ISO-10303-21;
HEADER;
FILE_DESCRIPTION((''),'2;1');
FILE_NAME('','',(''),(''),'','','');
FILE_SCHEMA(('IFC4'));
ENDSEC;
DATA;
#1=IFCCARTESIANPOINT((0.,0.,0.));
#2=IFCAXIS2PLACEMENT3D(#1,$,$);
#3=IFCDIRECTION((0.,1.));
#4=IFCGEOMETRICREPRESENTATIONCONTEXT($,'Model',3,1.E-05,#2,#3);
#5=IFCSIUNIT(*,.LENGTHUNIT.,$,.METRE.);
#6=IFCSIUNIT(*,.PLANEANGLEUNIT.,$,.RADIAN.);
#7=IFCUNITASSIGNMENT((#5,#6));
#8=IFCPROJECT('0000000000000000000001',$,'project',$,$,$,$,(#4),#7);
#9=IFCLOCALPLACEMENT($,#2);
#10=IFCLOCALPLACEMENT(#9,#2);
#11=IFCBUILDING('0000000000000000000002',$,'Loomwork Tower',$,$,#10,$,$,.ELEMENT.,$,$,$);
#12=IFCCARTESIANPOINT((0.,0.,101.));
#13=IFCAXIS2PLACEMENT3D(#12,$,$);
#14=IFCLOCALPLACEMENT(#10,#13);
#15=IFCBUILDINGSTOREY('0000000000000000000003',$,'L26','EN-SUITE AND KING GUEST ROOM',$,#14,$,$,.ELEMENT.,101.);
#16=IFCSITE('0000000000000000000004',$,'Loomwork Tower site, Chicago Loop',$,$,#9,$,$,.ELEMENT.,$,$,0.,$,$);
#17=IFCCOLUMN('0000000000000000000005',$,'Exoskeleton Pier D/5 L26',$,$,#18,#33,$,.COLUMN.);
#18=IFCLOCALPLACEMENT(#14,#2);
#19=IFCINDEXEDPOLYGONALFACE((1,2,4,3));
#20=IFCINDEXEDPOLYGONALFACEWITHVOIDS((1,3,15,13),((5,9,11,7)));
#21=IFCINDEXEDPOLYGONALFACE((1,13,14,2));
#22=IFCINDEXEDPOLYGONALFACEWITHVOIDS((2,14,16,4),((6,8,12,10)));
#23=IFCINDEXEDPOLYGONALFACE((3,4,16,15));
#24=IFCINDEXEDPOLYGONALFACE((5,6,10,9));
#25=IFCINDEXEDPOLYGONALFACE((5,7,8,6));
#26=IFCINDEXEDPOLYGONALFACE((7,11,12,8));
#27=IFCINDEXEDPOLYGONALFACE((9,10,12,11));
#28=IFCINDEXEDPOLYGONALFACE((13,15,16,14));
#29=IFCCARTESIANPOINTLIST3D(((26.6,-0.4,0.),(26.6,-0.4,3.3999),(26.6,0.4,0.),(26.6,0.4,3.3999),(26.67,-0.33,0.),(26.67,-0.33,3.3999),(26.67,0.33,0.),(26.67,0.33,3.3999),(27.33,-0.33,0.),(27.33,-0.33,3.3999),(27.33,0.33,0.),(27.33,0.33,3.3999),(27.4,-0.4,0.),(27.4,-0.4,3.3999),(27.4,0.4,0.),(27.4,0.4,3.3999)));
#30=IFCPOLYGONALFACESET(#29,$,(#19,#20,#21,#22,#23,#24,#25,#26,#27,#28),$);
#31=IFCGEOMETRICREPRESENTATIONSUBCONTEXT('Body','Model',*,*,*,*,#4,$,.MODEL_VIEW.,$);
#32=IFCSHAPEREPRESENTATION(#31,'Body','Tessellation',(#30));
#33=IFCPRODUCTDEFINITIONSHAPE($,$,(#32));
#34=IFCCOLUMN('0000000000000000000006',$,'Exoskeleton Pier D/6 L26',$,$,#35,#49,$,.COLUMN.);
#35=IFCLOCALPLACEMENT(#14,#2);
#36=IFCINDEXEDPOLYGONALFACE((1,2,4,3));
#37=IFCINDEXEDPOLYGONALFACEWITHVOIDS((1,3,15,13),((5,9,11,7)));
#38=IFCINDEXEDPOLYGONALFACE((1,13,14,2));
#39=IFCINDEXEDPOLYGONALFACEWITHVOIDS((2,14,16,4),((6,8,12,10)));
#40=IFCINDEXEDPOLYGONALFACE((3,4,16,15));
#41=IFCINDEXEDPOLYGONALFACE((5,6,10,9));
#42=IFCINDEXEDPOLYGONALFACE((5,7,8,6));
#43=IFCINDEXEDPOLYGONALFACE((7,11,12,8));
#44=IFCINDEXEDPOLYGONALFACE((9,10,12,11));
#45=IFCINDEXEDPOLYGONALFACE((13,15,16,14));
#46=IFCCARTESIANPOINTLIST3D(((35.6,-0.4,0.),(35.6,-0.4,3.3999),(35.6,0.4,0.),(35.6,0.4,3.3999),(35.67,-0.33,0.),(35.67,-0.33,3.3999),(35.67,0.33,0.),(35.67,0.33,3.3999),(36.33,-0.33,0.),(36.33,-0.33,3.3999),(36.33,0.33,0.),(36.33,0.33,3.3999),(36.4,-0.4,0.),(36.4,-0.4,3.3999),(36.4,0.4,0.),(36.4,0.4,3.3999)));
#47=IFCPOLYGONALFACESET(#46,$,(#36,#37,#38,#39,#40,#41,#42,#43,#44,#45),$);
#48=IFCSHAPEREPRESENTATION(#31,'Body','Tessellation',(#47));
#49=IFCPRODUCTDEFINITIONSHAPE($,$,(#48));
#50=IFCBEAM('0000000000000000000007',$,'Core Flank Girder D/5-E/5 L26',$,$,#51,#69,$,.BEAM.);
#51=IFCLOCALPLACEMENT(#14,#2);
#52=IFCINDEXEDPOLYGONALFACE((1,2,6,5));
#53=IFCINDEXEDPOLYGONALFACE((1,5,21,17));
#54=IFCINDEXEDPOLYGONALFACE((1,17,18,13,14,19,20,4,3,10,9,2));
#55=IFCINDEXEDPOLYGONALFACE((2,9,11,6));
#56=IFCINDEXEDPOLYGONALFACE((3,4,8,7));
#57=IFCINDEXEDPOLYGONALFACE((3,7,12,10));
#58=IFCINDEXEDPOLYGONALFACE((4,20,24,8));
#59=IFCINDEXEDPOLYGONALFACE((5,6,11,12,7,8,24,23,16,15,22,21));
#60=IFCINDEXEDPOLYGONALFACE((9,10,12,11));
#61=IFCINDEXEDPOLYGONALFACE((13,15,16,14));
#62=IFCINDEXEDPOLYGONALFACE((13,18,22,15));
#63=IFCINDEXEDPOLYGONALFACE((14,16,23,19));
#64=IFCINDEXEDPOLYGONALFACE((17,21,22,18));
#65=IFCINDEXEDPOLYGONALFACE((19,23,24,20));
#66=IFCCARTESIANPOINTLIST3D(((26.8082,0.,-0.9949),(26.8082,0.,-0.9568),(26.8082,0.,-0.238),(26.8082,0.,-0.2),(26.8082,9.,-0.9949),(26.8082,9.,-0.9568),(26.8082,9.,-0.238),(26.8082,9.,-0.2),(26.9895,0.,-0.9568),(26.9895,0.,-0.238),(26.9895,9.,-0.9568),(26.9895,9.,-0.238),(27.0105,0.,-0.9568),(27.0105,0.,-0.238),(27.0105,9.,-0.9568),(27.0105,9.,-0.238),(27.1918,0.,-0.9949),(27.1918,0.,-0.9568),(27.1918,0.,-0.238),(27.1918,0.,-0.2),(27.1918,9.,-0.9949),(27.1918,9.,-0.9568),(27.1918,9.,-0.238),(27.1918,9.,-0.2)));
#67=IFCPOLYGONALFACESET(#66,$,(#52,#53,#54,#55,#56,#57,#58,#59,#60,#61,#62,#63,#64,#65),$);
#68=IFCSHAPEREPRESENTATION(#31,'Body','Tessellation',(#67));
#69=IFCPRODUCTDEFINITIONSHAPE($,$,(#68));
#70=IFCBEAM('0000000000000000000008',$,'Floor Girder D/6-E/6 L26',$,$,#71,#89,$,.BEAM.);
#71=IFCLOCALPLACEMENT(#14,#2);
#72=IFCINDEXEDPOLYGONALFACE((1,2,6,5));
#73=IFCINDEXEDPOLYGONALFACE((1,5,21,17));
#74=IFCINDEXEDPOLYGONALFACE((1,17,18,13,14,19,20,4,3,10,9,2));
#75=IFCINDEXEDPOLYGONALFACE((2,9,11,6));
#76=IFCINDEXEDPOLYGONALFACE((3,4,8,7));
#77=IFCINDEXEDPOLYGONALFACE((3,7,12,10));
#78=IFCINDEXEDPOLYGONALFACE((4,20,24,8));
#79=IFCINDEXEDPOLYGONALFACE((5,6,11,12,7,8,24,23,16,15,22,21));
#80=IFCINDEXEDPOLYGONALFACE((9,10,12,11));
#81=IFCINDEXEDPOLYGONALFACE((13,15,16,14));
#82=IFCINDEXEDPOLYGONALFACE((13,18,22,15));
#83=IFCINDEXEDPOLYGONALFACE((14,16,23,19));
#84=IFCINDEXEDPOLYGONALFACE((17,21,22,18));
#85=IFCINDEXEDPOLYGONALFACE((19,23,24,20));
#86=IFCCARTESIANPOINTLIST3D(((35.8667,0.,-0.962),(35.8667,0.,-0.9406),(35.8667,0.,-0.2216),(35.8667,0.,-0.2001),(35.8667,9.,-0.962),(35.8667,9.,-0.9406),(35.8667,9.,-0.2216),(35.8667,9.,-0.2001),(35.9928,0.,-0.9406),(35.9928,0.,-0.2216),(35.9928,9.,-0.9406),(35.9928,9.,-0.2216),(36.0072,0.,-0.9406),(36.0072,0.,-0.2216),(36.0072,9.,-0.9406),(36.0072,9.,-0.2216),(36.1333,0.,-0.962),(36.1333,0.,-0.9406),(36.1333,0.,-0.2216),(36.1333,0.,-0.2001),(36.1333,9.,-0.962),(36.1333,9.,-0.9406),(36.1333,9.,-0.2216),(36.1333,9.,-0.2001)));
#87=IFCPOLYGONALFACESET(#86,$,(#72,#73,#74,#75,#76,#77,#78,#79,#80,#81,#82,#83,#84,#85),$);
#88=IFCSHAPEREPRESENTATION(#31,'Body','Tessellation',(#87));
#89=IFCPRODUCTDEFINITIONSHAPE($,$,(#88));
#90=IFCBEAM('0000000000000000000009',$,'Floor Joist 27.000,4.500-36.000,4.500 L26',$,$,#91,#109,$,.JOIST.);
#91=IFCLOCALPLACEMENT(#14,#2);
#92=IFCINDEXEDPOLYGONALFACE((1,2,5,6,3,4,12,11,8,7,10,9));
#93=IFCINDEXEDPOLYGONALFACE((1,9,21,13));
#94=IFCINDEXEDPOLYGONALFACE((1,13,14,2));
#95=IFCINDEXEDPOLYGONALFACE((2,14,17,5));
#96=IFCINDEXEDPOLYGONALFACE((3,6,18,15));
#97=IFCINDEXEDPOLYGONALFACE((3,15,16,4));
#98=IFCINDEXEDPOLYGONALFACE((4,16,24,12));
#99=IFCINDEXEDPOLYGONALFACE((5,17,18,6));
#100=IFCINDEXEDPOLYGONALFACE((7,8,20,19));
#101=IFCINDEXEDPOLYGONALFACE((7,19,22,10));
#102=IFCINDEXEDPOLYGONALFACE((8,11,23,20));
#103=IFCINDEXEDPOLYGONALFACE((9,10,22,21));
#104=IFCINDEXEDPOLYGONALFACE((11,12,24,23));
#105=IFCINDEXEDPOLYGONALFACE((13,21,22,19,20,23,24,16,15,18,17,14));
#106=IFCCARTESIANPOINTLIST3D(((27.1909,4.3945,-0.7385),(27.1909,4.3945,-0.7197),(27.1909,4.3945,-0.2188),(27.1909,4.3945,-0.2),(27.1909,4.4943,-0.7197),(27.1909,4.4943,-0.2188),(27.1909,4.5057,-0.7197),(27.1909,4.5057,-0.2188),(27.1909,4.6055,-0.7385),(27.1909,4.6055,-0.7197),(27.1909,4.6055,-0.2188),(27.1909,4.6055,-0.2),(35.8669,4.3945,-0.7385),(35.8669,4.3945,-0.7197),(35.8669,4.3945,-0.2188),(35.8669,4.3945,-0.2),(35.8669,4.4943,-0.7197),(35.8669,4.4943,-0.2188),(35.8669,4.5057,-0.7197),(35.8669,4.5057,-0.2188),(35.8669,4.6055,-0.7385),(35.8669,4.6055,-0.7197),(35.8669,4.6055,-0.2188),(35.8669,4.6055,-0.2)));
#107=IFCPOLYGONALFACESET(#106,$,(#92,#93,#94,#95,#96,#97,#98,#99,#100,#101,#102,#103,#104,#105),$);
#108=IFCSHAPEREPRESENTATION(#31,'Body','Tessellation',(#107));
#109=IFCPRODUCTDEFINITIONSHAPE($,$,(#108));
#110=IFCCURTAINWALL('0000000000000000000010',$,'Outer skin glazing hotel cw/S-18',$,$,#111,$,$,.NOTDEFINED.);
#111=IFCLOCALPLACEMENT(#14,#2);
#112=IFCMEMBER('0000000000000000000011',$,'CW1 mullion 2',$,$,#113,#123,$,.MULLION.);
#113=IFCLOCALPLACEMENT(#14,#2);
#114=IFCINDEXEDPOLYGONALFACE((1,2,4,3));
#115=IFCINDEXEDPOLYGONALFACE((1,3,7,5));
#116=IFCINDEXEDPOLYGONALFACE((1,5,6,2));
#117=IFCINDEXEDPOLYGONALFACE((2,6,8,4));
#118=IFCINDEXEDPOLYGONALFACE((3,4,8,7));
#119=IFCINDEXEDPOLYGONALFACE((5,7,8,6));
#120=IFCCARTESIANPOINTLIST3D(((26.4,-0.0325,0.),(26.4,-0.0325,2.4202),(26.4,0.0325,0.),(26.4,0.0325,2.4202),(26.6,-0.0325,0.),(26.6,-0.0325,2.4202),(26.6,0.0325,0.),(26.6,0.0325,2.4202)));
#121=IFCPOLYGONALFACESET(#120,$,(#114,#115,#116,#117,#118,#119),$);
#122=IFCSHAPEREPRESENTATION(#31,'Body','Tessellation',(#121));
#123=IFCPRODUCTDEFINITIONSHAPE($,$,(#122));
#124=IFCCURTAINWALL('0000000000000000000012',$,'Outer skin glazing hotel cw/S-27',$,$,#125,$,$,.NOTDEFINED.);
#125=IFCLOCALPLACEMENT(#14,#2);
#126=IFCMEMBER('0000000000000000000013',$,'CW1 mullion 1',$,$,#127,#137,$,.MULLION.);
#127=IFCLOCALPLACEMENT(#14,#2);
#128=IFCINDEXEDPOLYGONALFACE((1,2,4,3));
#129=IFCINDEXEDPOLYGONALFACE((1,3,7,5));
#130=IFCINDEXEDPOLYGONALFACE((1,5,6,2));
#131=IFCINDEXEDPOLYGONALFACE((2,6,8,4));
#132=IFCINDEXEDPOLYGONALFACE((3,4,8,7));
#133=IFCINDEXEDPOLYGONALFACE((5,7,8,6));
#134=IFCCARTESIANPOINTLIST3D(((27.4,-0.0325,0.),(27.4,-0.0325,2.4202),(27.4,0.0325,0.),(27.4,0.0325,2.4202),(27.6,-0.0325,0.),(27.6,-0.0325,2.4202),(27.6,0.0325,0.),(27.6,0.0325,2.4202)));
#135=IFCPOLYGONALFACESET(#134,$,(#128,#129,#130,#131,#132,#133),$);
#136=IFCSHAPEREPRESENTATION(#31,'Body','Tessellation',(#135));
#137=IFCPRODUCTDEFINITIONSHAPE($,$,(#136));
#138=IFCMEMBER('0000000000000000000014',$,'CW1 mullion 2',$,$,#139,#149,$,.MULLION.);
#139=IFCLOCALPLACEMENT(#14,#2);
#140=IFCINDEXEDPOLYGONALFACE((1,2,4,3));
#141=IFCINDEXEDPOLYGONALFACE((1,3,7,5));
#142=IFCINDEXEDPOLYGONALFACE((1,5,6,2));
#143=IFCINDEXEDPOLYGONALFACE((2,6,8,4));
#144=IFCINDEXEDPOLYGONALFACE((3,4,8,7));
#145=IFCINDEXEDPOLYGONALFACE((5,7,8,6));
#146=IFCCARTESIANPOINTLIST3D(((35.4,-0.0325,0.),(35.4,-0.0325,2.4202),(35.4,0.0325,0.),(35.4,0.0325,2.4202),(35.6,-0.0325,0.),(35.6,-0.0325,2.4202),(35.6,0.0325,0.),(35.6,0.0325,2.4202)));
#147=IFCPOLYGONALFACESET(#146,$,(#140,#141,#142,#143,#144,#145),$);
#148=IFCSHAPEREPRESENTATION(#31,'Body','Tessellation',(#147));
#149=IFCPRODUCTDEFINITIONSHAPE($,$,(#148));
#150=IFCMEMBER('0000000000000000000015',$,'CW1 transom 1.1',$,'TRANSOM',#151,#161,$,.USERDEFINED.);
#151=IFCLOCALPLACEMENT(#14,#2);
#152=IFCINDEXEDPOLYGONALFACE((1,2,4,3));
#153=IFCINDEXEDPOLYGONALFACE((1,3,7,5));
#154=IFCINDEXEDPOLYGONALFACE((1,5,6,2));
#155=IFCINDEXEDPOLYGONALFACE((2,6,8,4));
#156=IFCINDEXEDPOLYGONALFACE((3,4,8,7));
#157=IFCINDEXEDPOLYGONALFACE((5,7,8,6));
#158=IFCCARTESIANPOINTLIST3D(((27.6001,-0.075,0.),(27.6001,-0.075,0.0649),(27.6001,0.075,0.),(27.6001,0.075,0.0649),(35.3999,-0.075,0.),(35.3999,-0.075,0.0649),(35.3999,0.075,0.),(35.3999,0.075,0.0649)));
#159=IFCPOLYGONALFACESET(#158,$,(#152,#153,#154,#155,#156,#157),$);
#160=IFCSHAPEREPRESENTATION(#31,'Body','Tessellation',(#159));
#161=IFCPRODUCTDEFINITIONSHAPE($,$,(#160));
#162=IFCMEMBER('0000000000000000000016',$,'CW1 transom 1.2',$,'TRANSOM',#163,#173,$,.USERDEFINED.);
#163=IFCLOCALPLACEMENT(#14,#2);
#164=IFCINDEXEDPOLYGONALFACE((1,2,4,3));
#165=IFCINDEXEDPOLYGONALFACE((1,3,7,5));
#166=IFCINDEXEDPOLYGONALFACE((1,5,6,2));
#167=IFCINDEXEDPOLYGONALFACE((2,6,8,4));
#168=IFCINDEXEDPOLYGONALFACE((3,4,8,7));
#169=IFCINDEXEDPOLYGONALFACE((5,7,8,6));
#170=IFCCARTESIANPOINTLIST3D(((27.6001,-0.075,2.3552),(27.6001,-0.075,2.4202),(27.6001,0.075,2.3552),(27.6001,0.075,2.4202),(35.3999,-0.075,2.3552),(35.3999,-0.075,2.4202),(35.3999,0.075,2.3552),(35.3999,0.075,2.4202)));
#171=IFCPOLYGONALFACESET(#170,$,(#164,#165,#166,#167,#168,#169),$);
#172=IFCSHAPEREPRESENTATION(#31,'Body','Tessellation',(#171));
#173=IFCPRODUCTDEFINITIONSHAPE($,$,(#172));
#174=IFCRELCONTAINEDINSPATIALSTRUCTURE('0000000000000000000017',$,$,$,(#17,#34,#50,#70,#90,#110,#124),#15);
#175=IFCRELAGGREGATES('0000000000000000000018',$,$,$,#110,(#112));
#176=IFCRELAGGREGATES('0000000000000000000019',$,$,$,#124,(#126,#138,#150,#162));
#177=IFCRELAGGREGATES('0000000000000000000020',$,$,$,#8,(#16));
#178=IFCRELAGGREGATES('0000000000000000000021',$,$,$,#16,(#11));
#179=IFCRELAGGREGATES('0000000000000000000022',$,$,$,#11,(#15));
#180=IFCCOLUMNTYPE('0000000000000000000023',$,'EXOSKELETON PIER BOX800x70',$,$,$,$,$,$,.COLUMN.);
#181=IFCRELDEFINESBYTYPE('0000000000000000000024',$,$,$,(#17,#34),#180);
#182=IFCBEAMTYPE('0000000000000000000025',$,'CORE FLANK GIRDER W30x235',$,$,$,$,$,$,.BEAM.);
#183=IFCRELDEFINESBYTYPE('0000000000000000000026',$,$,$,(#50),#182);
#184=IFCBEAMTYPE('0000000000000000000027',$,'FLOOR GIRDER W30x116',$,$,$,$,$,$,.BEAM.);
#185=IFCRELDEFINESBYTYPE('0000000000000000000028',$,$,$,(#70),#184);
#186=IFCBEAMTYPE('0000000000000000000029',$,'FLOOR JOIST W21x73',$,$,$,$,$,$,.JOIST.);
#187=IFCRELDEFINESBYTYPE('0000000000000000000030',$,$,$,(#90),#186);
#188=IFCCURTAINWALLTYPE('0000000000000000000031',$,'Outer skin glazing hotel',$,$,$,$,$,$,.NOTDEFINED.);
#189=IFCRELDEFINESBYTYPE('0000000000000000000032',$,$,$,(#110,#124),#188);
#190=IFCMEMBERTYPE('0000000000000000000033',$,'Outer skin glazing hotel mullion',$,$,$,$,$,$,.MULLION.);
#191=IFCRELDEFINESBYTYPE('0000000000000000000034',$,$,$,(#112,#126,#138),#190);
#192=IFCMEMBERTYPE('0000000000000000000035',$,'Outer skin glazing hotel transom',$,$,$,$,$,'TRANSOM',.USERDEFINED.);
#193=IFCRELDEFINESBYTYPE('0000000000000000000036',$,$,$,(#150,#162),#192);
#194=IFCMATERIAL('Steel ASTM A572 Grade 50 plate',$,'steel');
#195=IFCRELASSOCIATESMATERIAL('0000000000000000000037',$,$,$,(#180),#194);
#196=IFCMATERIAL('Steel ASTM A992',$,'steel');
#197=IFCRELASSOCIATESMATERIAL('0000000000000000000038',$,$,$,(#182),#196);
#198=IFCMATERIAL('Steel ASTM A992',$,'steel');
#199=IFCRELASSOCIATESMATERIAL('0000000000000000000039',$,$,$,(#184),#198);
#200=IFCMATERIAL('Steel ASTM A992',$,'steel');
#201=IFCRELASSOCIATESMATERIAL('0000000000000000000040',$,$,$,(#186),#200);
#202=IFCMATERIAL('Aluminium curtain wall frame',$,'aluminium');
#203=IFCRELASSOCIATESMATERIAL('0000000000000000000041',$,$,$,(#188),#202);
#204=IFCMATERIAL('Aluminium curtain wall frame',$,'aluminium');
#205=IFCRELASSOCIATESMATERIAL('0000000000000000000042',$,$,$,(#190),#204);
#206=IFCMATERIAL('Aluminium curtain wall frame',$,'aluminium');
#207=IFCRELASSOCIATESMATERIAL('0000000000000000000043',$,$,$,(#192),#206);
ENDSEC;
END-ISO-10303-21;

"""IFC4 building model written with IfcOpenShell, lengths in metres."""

from ifc_helpers import new_model, si_unit, direction, frame, origin, origin_2d, place, context, subcontext, project, spatial, rectangle, hollow_rectangle, i_section, extrude, material, material_profile, profile_set, type_object, element, aggregate, save


model = new_model("IFC4")

# Units and contexts
model_context = context("Model", 3, precision=1e-05, world=origin(), true_north=direction((0.0, 1.0)))
body_context = subcontext(model_context, "Body", "Model", "MODEL_VIEW")
ifc_project = project(units=[si_unit("LENGTHUNIT", "METRE"), si_unit("PLANEANGLEUNIT", "RADIAN")], contexts=[model_context])

# Site, building, storey
site_placement = place(None, origin())
site = spatial("IfcSite", under=ifc_project, at=site_placement, Name="Loomwork Tower site, Chicago Loop", CompositionType="ELEMENT", RefElevation=0.0)
building_placement = place(site_placement, origin())
building = spatial("IfcBuilding", under=site, at=building_placement, Name="Loomwork Tower", CompositionType="ELEMENT")
storey_placement = place(building_placement, frame((0.0, 0.0, 101.0)))
storey = spatial("IfcBuildingStorey", under=building, at=storey_placement, Name="L26", Description="EN-SUITE AND KING GUEST ROOM", CompositionType="ELEMENT", Elevation=101.0)

# Columns
ifc_material_1 = material(Name="Steel ASTM A572 Grade 50 plate", Category="steel")
ifc_material_profile_1 = material_profile(ifc_material_1, hollow_rectangle(XDim=0.8, YDim=0.8, WallThickness=0.0701, at=origin_2d()), Name="BOX800x70")
ifc_profile_set_1 = profile_set([ifc_material_profile_1], Name="Steel ASTM A572 Grade 50 plate")
column_type = type_object("IfcColumnType", Name="EXOSKELETON PIER BOX800x70", PredefinedType="COLUMN", material=ifc_profile_set_1)
for number, where, z_axis, x_axis, name in (
    (1, (27.0, 0.0, 0.0), (0.0, 0.0, 1.0), (1.0, 0.0, 0.0), "Exoskeleton Pier D/5 L26"),
    (2, (36.0, 0.0, 0.0), (0.0, 0.0, 1.0), (1.0, 0.0, 0.0), "Exoskeleton Pier D/6 L26"),
):
    element("IfcColumn", number, at=place(storey_placement, frame(where, z_axis=z_axis, x_axis=x_axis)), inside=storey, type_object=column_type, Name=name, PredefinedType="COLUMN", context=body_context, shape_type="SweptSolid", body=[
        extrude(hollow_rectangle(XDim=0.8, YDim=0.8, WallThickness=0.0701, at=origin_2d()), origin(), (0.0, 0.0, 1.0), 3.3999),
    ])

# Beams
ifc_material_2 = material(Name="Steel ASTM A992", Category="steel")
ifc_material_profile_2 = material_profile(ifc_material_2, i_section(OverallWidth=0.3835, OverallDepth=0.7949, WebThickness=0.021, FlangeThickness=0.0381, at=origin_2d()), Name="W30x235")
ifc_profile_set_2 = profile_set([ifc_material_profile_2], Name="Steel ASTM A992")
beam_type_1 = type_object("IfcBeamType", Name="CORE FLANK GIRDER W30x235", PredefinedType="BEAM", material=ifc_profile_set_2)
beam_1_placement = place(storey_placement, frame((27.0, 0.0, -0.5974), z_axis=(0.0, 1.0, 0.0), x_axis=(-1.0, 0.0, 0.0)))
element("IfcBeam", 3, at=beam_1_placement, inside=storey, type_object=beam_type_1, Name="Core Flank Girder D/5-E/5 L26", PredefinedType="BEAM", context=body_context, shape_type="SweptSolid", body=[
    extrude(i_section(OverallWidth=0.3835, OverallDepth=0.7949, WebThickness=0.021, FlangeThickness=0.0381, at=origin_2d()), origin(), (0.0, 0.0, 1.0), 9.0),
])
ifc_material_3 = material(Name="Steel ASTM A992", Category="steel")
ifc_material_profile_3 = material_profile(ifc_material_3, i_section(OverallWidth=0.2666, OverallDepth=0.762, WebThickness=0.0144, FlangeThickness=0.0215, at=origin_2d()), Name="W30x116")
ifc_profile_set_3 = profile_set([ifc_material_profile_3], Name="Steel ASTM A992")
beam_type_2 = type_object("IfcBeamType", Name="FLOOR GIRDER W30x116", PredefinedType="BEAM", material=ifc_profile_set_3)
beam_2_placement = place(storey_placement, frame((36.0, 0.0, -0.5811), z_axis=(0.0, 1.0, 0.0), x_axis=(-1.0, 0.0, 0.0)))
element("IfcBeam", 4, at=beam_2_placement, inside=storey, type_object=beam_type_2, Name="Floor Girder D/6-E/6 L26", PredefinedType="BEAM", context=body_context, shape_type="SweptSolid", body=[
    extrude(i_section(OverallWidth=0.2666, OverallDepth=0.762, WebThickness=0.0144, FlangeThickness=0.0215, at=origin_2d()), origin(), (0.0, 0.0, 1.0), 9.0),
])
ifc_material_4 = material(Name="Steel ASTM A992", Category="steel")
ifc_material_profile_4 = material_profile(ifc_material_4, i_section(OverallWidth=0.2109, OverallDepth=0.5386, WebThickness=0.0115, FlangeThickness=0.0188, at=origin_2d()), Name="W21x73")
ifc_profile_set_4 = profile_set([ifc_material_profile_4], Name="Steel ASTM A992")
beam_type_3 = type_object("IfcBeamType", Name="FLOOR JOIST W21x73", PredefinedType="JOIST", material=ifc_profile_set_4)
beam_3_placement = place(storey_placement, frame((27.1909, 4.5, -0.4692), z_axis=(1.0, 0.0, 0.0), x_axis=(0.0, 1.0, 0.0)))
element("IfcBeam", 5, at=beam_3_placement, inside=storey, type_object=beam_type_3, Name="Floor Joist 27.000,4.500-36.000,4.500 L26", PredefinedType="JOIST", context=body_context, shape_type="SweptSolid", body=[
    extrude(i_section(OverallWidth=0.2109, OverallDepth=0.5386, WebThickness=0.0115, FlangeThickness=0.0188, at=origin_2d()), origin(), (0.0, 0.0, 1.0), 8.676),
])

# Curtain wall, member
ifc_material_5 = material(Name="Aluminium curtain wall frame", Category="aluminium")
curtain_wall_type = type_object("IfcCurtainWallType", Name="Outer skin glazing hotel", PredefinedType="NOTDEFINED", material=ifc_material_5)
curtain_wall_1_placement = place(storey_placement, origin())
curtain_wall_1 = element("IfcCurtainWall", 6, at=curtain_wall_1_placement, inside=storey, type_object=curtain_wall_type, Name="Outer skin glazing hotel cw/S-18", PredefinedType="NOTDEFINED")
ifc_material_6 = material(Name="Aluminium curtain wall frame", Category="aluminium")
ifc_material_profile_5 = material_profile(ifc_material_6, rectangle(XDim=0.0649, YDim=0.2, at=origin_2d()), Name="AL 65x200")
ifc_profile_set_5 = profile_set([ifc_material_profile_5], Name="Aluminium curtain wall frame")
member_type_1 = type_object("IfcMemberType", Name="Outer skin glazing hotel mullion", PredefinedType="MULLION", material=ifc_profile_set_5)
member_1_placement = place(storey_placement, frame((26.5, 0.0, 0.0), z_axis=(0.0, 0.0, 1.0), x_axis=(0.0, 1.0, 0.0)))
member_1 = element("IfcMember", 7, at=member_1_placement, type_object=member_type_1, Name="CW1 mullion 2", PredefinedType="MULLION", context=body_context, shape_type="SweptSolid", body=[
    extrude(rectangle(XDim=0.0649, YDim=0.2, at=origin_2d()), origin(), (0.0, 0.0, 1.0), 2.4202),
])

# Curtain wall, members
curtain_wall_2_placement = place(storey_placement, origin())
curtain_wall_2 = element("IfcCurtainWall", 8, at=curtain_wall_2_placement, inside=storey, type_object=curtain_wall_type, Name="Outer skin glazing hotel cw/S-27", PredefinedType="NOTDEFINED")
member_2_placement = place(storey_placement, frame((27.5, 0.0, 0.0), z_axis=(0.0, 0.0, 1.0), x_axis=(0.0, 1.0, 0.0)))
member_2 = element("IfcMember", 9, at=member_2_placement, type_object=member_type_1, Name="CW1 mullion 1", PredefinedType="MULLION", context=body_context, shape_type="SweptSolid", body=[
    extrude(rectangle(XDim=0.0649, YDim=0.2, at=origin_2d()), origin(), (0.0, 0.0, 1.0), 2.4202),
])
member_3_placement = place(storey_placement, frame((35.5, 0.0, 0.0), z_axis=(0.0, 0.0, 1.0), x_axis=(0.0, 1.0, 0.0)))
member_3 = element("IfcMember", 10, at=member_3_placement, type_object=member_type_1, Name="CW1 mullion 2", PredefinedType="MULLION", context=body_context, shape_type="SweptSolid", body=[
    extrude(rectangle(XDim=0.0649, YDim=0.2, at=origin_2d()), origin(), (0.0, 0.0, 1.0), 2.4202),
])
ifc_material_7 = material(Name="Aluminium curtain wall frame", Category="aluminium")
ifc_material_profile_6 = material_profile(ifc_material_7, rectangle(XDim=0.1499, YDim=0.0649, at=origin_2d()), Name="AL 65x150")
ifc_profile_set_6 = profile_set([ifc_material_profile_6], Name="Aluminium curtain wall frame")
member_type_2 = type_object("IfcMemberType", Name="Outer skin glazing hotel transom", ElementType="TRANSOM", PredefinedType="USERDEFINED", material=ifc_profile_set_6)
member_4_placement = place(storey_placement, frame((27.6001, 0.0, 0.0325), z_axis=(1.0, 0.0, 0.0), x_axis=(0.0, 1.0, 0.0)))
member_4 = element("IfcMember", 11, at=member_4_placement, type_object=member_type_2, Name="CW1 transom 1.1", ObjectType="TRANSOM", PredefinedType="USERDEFINED", context=body_context, shape_type="SweptSolid", body=[
    extrude(rectangle(XDim=0.1499, YDim=0.0649, at=origin_2d()), origin(), (0.0, 0.0, 1.0), 7.7998),
])
member_5_placement = place(storey_placement, frame((27.6001, 0.0, 2.3877), z_axis=(1.0, 0.0, 0.0), x_axis=(0.0, 1.0, 0.0)))
member_5 = element("IfcMember", 12, at=member_5_placement, type_object=member_type_2, Name="CW1 transom 1.2", ObjectType="TRANSOM", PredefinedType="USERDEFINED", context=body_context, shape_type="SweptSolid", body=[
    extrude(rectangle(XDim=0.1499, YDim=0.0649, at=origin_2d()), origin(), (0.0, 0.0, 1.0), 7.7998),
])

aggregate(curtain_wall_1, [member_1])
aggregate(curtain_wall_2, [member_2, member_3, member_4, member_5])

save(model, "model.ifc")
